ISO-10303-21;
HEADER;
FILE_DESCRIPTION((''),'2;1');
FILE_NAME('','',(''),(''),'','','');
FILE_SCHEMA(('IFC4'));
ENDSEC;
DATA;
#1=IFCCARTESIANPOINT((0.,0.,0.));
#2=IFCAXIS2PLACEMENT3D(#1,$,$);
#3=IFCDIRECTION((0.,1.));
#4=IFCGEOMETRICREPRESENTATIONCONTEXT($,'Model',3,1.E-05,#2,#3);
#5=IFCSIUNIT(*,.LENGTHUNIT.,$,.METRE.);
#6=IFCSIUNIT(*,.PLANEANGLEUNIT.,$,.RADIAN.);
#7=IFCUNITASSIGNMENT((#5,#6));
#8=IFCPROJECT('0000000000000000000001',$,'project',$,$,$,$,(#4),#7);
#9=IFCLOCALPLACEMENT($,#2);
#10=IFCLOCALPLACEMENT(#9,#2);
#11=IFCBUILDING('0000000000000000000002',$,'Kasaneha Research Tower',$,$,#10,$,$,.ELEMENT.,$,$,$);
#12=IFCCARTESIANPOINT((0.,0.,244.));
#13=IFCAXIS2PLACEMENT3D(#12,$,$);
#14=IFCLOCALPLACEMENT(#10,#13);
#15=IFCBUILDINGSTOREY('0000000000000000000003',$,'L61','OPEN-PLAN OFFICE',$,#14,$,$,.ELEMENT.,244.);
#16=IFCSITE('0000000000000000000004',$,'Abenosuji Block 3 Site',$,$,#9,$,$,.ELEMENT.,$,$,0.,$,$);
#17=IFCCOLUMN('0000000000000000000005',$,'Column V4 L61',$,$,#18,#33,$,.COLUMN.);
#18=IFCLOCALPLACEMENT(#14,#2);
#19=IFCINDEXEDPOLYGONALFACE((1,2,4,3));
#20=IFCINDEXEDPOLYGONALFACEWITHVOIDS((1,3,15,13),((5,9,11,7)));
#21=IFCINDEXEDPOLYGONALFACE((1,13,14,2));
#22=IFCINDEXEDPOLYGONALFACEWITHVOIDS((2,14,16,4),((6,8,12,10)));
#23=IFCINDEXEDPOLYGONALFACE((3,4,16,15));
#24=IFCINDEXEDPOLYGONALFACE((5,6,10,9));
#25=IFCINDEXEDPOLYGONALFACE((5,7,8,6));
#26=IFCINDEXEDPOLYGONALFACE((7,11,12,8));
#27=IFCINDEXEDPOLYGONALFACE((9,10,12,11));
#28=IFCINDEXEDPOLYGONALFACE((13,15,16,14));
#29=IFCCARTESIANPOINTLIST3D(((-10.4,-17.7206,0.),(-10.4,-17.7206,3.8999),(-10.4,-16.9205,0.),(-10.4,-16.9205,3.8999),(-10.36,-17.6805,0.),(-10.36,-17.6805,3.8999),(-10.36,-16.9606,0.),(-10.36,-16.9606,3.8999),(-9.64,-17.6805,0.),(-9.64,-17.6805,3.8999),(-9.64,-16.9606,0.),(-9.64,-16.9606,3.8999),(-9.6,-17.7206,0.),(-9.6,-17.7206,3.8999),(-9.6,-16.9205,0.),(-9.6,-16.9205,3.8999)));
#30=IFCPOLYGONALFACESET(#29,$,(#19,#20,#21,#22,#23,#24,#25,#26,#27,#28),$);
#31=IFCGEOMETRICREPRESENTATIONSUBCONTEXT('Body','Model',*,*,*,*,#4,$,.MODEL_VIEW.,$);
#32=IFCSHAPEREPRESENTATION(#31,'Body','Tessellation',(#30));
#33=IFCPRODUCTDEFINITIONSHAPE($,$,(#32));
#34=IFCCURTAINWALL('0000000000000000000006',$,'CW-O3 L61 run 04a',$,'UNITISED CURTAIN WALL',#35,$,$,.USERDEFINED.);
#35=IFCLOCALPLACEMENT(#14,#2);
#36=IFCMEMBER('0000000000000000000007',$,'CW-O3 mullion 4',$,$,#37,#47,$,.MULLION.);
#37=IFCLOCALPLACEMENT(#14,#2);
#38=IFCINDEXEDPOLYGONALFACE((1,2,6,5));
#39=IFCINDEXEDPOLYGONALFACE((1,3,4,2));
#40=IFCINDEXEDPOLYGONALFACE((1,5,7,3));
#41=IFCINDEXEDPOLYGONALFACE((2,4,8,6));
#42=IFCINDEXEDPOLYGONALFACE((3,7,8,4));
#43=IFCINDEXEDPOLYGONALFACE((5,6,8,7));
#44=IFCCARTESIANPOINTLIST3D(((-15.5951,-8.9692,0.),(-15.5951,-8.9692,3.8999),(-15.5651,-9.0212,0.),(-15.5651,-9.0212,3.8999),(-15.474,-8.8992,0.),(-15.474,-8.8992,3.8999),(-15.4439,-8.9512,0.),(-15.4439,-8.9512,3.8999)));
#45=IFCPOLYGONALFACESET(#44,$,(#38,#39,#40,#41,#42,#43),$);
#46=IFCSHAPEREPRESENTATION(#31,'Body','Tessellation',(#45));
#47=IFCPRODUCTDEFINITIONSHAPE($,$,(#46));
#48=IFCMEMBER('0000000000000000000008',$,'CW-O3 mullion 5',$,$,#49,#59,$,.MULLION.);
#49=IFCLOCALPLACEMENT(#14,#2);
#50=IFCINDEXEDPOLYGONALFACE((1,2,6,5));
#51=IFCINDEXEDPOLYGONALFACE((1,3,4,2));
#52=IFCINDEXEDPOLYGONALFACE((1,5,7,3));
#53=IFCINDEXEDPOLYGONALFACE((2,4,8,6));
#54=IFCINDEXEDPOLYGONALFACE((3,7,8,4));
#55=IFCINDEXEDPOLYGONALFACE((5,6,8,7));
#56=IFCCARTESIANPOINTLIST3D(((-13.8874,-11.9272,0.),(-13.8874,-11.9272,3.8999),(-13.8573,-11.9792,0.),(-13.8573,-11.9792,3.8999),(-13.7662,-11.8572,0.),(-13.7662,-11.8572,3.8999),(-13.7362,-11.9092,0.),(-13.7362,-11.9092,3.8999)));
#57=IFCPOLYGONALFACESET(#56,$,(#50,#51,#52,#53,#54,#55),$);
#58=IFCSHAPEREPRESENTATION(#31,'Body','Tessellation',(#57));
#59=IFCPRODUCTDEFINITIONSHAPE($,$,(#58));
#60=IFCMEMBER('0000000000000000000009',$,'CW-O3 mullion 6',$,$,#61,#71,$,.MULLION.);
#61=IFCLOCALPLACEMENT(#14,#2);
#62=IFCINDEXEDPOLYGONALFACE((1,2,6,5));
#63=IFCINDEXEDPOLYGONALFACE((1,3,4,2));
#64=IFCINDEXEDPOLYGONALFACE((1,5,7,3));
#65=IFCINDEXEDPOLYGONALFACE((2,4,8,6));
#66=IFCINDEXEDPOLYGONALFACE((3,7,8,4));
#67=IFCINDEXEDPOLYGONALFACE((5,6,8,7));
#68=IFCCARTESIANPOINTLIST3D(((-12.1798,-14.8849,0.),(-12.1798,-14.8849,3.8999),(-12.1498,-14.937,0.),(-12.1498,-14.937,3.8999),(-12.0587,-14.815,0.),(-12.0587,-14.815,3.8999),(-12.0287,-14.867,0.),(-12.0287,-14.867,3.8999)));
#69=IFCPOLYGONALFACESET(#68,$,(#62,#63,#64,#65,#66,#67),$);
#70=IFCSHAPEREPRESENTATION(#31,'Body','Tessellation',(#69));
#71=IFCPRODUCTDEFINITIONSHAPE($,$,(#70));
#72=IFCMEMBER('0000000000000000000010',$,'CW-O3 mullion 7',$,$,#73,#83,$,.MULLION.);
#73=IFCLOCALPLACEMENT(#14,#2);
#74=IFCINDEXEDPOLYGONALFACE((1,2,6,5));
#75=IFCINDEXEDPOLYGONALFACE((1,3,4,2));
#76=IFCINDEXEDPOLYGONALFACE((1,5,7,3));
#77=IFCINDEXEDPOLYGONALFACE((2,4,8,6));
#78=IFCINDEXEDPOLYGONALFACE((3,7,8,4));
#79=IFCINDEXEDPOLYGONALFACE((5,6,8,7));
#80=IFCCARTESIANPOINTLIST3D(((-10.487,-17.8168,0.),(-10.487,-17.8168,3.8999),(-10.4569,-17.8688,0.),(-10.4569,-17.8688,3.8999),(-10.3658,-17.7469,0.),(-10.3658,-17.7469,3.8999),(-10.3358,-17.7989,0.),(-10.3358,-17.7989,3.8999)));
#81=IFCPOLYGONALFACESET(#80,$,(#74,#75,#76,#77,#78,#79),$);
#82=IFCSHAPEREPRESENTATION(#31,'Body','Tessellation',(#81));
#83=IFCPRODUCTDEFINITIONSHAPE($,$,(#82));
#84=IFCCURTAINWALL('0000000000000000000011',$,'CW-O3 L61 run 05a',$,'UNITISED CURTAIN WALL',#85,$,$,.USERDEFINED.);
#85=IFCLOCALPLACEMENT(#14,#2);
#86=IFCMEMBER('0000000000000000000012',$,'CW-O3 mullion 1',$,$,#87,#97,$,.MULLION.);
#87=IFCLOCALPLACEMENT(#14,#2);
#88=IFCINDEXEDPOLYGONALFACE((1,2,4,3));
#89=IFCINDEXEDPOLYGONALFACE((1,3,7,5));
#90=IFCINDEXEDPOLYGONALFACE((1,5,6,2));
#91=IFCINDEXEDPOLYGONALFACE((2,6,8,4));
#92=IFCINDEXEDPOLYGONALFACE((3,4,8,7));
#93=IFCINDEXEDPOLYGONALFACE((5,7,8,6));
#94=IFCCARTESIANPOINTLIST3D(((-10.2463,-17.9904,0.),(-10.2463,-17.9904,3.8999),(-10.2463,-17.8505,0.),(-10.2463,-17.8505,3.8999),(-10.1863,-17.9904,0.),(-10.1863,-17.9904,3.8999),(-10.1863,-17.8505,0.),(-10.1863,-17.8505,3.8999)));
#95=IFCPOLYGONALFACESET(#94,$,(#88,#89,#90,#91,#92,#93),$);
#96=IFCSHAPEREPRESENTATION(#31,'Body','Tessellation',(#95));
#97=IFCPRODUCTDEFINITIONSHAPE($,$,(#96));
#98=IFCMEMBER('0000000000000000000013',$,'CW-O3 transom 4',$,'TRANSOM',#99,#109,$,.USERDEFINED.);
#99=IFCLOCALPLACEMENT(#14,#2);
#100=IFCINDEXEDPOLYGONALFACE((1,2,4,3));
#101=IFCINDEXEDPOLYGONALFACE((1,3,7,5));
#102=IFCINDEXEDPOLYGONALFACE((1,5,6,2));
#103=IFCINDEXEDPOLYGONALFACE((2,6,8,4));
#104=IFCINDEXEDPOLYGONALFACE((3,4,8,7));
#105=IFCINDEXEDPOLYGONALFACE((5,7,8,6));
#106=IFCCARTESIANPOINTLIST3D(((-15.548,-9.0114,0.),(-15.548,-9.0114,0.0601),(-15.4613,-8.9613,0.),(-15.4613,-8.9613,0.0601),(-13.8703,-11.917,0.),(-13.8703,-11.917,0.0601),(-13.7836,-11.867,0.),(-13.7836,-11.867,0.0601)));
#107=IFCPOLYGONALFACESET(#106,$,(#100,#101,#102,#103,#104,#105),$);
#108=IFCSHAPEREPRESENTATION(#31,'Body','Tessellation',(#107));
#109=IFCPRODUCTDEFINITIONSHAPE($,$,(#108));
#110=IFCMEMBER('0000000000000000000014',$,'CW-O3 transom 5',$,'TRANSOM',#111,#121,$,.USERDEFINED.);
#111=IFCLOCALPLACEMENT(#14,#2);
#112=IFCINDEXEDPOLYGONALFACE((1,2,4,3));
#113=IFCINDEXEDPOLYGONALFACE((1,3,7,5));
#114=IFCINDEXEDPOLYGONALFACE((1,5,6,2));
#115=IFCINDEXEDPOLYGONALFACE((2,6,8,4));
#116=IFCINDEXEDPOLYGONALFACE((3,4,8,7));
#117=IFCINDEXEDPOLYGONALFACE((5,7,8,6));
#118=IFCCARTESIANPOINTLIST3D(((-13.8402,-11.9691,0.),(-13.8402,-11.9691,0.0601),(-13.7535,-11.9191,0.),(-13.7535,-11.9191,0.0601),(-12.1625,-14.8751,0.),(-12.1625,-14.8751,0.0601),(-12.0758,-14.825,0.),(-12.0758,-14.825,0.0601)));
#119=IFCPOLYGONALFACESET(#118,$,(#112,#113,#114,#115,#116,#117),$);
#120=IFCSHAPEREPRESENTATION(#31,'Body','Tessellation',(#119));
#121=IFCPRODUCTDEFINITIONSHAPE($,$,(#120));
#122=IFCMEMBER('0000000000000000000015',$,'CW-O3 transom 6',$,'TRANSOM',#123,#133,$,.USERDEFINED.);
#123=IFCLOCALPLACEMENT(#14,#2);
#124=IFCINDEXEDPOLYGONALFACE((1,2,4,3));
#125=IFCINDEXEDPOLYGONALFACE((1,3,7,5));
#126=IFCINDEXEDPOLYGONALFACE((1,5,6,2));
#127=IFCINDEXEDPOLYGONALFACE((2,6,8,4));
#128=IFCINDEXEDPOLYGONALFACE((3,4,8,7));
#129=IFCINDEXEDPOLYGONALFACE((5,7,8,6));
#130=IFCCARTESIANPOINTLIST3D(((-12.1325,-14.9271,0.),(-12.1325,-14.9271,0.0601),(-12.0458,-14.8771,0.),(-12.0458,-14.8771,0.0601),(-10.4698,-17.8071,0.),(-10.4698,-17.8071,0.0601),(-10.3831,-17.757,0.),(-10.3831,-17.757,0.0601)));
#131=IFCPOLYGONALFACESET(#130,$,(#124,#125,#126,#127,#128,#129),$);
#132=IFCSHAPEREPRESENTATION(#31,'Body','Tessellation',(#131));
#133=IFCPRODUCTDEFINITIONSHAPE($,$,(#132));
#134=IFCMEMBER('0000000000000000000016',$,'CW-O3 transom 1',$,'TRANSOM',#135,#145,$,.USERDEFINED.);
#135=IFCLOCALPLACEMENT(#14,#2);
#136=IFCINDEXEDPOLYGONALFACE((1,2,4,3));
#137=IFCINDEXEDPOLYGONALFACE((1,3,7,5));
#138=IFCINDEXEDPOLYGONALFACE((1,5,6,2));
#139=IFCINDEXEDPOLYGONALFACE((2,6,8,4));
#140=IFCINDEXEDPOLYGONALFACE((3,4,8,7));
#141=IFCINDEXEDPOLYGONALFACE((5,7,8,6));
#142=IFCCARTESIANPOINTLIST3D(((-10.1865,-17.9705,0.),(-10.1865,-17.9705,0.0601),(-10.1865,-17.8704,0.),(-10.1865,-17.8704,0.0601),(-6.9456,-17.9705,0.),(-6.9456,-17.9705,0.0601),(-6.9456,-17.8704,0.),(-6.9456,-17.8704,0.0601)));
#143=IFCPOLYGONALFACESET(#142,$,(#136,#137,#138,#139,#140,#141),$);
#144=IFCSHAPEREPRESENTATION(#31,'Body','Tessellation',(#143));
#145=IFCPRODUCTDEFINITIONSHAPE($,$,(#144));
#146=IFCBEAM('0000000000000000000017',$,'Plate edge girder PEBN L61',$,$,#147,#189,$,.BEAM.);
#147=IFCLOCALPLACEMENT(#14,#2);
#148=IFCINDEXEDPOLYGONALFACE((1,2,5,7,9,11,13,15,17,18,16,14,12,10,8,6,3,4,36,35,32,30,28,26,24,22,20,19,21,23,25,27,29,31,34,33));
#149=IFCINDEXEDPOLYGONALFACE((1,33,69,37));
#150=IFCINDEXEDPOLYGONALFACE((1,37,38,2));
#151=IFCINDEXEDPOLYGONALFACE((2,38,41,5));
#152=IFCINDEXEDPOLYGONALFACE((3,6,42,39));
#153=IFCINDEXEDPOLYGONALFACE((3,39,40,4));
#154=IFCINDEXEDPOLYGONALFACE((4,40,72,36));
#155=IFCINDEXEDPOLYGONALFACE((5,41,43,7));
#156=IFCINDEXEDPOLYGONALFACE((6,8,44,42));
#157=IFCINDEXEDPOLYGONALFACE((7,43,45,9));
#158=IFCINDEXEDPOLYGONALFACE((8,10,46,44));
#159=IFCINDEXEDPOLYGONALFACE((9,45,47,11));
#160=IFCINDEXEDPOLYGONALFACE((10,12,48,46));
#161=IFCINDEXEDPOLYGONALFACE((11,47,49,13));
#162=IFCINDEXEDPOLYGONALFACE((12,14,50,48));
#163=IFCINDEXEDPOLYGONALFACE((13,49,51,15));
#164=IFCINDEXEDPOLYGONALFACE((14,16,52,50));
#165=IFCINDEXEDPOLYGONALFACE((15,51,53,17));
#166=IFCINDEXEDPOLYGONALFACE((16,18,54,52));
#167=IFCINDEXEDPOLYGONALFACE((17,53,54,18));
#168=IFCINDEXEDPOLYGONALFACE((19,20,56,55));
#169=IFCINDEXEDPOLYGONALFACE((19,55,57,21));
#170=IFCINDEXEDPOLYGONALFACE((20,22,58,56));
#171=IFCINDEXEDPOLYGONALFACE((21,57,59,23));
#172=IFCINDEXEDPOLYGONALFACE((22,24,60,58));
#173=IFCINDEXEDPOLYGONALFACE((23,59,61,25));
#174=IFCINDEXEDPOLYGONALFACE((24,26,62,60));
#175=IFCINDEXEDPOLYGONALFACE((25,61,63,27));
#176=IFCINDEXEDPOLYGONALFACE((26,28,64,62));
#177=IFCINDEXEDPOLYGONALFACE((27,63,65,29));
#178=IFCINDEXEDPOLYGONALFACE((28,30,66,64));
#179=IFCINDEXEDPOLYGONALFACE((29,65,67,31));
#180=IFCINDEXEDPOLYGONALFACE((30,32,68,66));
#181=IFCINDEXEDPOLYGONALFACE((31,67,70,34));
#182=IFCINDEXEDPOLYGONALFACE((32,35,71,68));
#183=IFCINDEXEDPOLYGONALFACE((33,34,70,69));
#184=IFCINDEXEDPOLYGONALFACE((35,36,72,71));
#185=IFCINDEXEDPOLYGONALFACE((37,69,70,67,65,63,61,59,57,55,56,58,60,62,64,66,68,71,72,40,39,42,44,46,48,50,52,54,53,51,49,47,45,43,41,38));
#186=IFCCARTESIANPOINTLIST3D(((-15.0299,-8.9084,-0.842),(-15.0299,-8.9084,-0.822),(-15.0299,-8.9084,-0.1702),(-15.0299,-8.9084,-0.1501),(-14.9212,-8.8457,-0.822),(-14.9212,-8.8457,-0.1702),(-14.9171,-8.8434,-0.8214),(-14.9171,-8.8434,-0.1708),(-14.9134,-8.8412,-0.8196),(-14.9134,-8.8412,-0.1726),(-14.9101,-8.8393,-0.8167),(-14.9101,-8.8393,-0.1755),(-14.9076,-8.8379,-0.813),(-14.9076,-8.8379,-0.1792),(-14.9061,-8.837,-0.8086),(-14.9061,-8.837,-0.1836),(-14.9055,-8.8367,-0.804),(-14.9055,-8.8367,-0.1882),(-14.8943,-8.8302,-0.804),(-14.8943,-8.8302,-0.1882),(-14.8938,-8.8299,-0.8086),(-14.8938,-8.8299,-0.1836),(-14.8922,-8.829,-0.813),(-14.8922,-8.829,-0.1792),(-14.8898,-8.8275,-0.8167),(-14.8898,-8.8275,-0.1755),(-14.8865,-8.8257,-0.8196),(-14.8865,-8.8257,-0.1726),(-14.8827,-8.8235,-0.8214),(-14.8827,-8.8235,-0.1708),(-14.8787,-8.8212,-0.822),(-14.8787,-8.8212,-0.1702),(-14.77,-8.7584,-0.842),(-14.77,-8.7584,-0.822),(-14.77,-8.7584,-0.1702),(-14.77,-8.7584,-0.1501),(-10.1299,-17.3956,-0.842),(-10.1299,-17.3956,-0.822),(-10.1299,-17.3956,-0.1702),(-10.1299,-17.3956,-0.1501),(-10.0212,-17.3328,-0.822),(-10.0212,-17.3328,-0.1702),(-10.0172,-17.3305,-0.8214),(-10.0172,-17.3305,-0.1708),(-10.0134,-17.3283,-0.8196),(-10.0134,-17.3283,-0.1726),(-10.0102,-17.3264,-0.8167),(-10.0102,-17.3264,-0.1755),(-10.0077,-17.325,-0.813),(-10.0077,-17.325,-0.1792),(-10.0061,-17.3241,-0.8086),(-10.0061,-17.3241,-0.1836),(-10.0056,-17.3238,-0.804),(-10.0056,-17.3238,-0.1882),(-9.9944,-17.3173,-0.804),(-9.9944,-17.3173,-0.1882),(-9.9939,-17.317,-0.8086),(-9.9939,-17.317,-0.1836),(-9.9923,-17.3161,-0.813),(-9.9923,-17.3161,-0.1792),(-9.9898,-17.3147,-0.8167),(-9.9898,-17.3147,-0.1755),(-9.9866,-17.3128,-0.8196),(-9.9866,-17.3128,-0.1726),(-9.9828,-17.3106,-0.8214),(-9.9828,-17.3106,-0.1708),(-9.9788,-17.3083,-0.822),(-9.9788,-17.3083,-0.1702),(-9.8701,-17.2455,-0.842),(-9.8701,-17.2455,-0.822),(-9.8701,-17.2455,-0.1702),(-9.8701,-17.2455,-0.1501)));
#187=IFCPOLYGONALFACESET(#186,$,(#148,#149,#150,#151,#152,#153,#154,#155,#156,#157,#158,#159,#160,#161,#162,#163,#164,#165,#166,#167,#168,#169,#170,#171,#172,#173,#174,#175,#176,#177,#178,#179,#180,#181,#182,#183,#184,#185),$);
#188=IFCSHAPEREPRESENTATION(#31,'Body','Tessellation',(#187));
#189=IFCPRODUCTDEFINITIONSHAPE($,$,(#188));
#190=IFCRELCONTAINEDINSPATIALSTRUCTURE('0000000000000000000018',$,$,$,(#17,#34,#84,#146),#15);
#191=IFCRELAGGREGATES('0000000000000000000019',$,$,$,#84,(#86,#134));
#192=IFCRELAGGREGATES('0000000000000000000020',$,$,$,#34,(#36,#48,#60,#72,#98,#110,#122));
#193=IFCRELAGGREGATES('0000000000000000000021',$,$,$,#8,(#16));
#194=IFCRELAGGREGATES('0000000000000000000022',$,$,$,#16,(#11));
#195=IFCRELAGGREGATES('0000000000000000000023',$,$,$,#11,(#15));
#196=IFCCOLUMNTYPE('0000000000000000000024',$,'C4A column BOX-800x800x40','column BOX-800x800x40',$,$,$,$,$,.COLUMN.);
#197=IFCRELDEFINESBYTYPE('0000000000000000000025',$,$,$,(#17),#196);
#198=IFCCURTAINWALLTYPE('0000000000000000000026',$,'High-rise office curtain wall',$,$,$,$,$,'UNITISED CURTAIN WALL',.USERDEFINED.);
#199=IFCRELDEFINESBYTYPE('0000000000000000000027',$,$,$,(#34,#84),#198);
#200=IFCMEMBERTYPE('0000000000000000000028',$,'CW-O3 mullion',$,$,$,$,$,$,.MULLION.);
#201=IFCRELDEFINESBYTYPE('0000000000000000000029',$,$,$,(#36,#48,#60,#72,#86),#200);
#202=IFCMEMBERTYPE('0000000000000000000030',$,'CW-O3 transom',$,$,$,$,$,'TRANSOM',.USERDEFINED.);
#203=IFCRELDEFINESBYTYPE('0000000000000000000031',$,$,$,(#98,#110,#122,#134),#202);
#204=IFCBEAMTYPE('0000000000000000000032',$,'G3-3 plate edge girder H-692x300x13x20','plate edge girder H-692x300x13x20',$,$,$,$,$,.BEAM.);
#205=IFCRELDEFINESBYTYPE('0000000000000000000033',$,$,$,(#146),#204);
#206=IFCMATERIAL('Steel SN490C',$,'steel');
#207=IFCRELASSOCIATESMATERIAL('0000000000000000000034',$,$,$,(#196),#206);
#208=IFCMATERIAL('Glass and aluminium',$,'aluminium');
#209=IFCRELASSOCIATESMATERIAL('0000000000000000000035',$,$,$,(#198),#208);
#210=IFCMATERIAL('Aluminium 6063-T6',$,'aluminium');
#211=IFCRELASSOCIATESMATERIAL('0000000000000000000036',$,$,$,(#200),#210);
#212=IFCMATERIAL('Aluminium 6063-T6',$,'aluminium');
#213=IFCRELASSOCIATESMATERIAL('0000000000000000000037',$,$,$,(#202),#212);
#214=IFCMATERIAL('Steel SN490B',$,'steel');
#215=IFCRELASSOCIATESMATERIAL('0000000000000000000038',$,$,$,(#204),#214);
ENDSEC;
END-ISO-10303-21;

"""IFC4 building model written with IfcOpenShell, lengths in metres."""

from ifc_helpers import new_model, si_unit, direction, frame, origin, origin_2d, place, context, subcontext, project, spatial, rectangle, hollow_rectangle, i_section, extrude, material, material_profile, profile_set, type_object, element, aggregate, save


model = new_model("IFC4")

# Units and contexts
model_context = context("Model", 3, precision=1e-05, world=origin(), true_north=direction((0.0, 1.0)))
body_context = subcontext(model_context, "Body", "Model", "MODEL_VIEW")
ifc_project = project(units=[si_unit("LENGTHUNIT", "METRE"), si_unit("PLANEANGLEUNIT", "RADIAN")], contexts=[model_context])

# Site, building, storey
site_placement = place(None, origin())
site = spatial("IfcSite", under=ifc_project, at=site_placement, Name="Abenosuji Block 3 Site", CompositionType="ELEMENT", RefElevation=0.0)
building_placement = place(site_placement, origin())
building = spatial("IfcBuilding", under=site, at=building_placement, Name="Kasaneha Research Tower", CompositionType="ELEMENT")
storey_placement = place(building_placement, frame((0.0, 0.0, 244.0)))
storey = spatial("IfcBuildingStorey", under=building, at=storey_placement, Name="L61", Description="OPEN-PLAN OFFICE", CompositionType="ELEMENT", Elevation=244.0)

# Column
ifc_material_1 = material(Name="Steel SN490C", Category="steel")
ifc_material_profile_1 = material_profile(ifc_material_1, hollow_rectangle(XDim=0.8, YDim=0.8, WallThickness=0.04, at=origin_2d()), Name="BOX-800x800x40")
ifc_profile_set_1 = profile_set([ifc_material_profile_1], Name="Steel SN490C")
column_type = type_object("IfcColumnType", Name="C4A column BOX-800x800x40", Description="column BOX-800x800x40", PredefinedType="COLUMN", material=ifc_profile_set_1)
column_placement = place(storey_placement, frame((-10.0, -17.3206, 0.0), z_axis=(0.0, 0.0, 1.0), x_axis=(1.0, 0.0, 0.0)))
element("IfcColumn", 1, at=column_placement, inside=storey, type_object=column_type, Name="Column V4 L61", PredefinedType="COLUMN", context=body_context, shape_type="SweptSolid", body=[
    extrude(hollow_rectangle(XDim=0.8, YDim=0.8, WallThickness=0.04, at=origin_2d()), origin(), (0.0, 0.0, 1.0), 3.8999),
])

# Curtain wall, members
ifc_material_2 = material(Name="Glass and aluminium", Category="aluminium")
curtain_wall_type = type_object("IfcCurtainWallType", Name="High-rise office curtain wall", ElementType="UNITISED CURTAIN WALL", PredefinedType="USERDEFINED", material=ifc_material_2)
curtain_wall_1_placement = place(storey_placement, origin())
curtain_wall_1 = element("IfcCurtainWall", 2, at=curtain_wall_1_placement, inside=storey, type_object=curtain_wall_type, Name="CW-O3 L61 run 04a", ObjectType="UNITISED CURTAIN WALL", PredefinedType="USERDEFINED")
ifc_material_3 = material(Name="Aluminium 6063-T6", Category="aluminium")
ifc_material_profile_2 = material_profile(ifc_material_3, rectangle(XDim=0.0601, YDim=0.1399, at=origin_2d()), Name="CW-O3 mullion 60x140")
ifc_profile_set_2 = profile_set([ifc_material_profile_2], Name="Aluminium 6063-T6")
member_type_1 = type_object("IfcMemberType", Name="CW-O3 mullion", PredefinedType="MULLION", material=ifc_profile_set_2)
member_1_placement = place(storey_placement, frame((-15.5195, -8.9602, 0.0), z_axis=(0.0, 0.0, 1.0), x_axis=(0.5, -0.866025, 0.0)))
member_1 = element("IfcMember", 3, at=member_1_placement, type_object=member_type_1, Name="CW-O3 mullion 4", PredefinedType="MULLION", context=body_context, shape_type="SweptSolid", body=[
    extrude(rectangle(XDim=0.0601, YDim=0.1399, at=origin_2d()), origin(), (0.0, 0.0, 1.0), 3.8999),
])
member_2_placement = place(storey_placement, frame((-13.8118, -11.9182, 0.0), z_axis=(0.0, 0.0, 1.0), x_axis=(0.5, -0.866025, 0.0)))
member_2 = element("IfcMember", 4, at=member_2_placement, type_object=member_type_1, Name="CW-O3 mullion 5", PredefinedType="MULLION", context=body_context, shape_type="SweptSolid", body=[
    extrude(rectangle(XDim=0.0601, YDim=0.1399, at=origin_2d()), origin(), (0.0, 0.0, 1.0), 3.8999),
])
member_3_placement = place(storey_placement, frame((-12.1042, -14.876, 0.0), z_axis=(0.0, 0.0, 1.0), x_axis=(0.5, -0.866025, 0.0)))
member_3 = element("IfcMember", 5, at=member_3_placement, type_object=member_type_1, Name="CW-O3 mullion 6", PredefinedType="MULLION", context=body_context, shape_type="SweptSolid", body=[
    extrude(rectangle(XDim=0.0601, YDim=0.1399, at=origin_2d()), origin(), (0.0, 0.0, 1.0), 3.8999),
])
member_4_placement = place(storey_placement, frame((-10.4114, -17.8079, 0.0), z_axis=(0.0, 0.0, 1.0), x_axis=(0.5, -0.866025, 0.0)))
member_4 = element("IfcMember", 6, at=member_4_placement, type_object=member_type_1, Name="CW-O3 mullion 7", PredefinedType="MULLION", context=body_context, shape_type="SweptSolid", body=[
    extrude(rectangle(XDim=0.0601, YDim=0.1399, at=origin_2d()), origin(), (0.0, 0.0, 1.0), 3.8999),
])

# Curtain wall, member
curtain_wall_2_placement = place(storey_placement, origin())
curtain_wall_2 = element("IfcCurtainWall", 7, at=curtain_wall_2_placement, inside=storey, type_object=curtain_wall_type, Name="CW-O3 L61 run 05a", ObjectType="UNITISED CURTAIN WALL", PredefinedType="USERDEFINED")
member_5_placement = place(storey_placement, frame((-10.2163, -17.9204, 0.0), z_axis=(0.0, 0.0, 1.0), x_axis=(1.0, 0.0, 0.0)))
member_5 = element("IfcMember", 8, at=member_5_placement, type_object=member_type_1, Name="CW-O3 mullion 1", PredefinedType="MULLION", context=body_context, shape_type="SweptSolid", body=[
    extrude(rectangle(XDim=0.0601, YDim=0.1399, at=origin_2d()), origin(), (0.0, 0.0, 1.0), 3.8999),
])

# Members
ifc_material_4 = material(Name="Aluminium 6063-T6", Category="aluminium")
ifc_material_profile_3 = material_profile(ifc_material_4, rectangle(XDim=0.1001, YDim=0.0601, at=origin_2d()), Name="CW-O3 transom 100x60")
ifc_profile_set_3 = profile_set([ifc_material_profile_3], Name="Aluminium 6063-T6")
member_type_2 = type_object("IfcMemberType", Name="CW-O3 transom", ElementType="TRANSOM", PredefinedType="USERDEFINED", material=ifc_profile_set_3)
member_6_placement = place(storey_placement, frame((-15.5046, -8.9863, 0.03), z_axis=(0.500021, -0.866014, 0.0), x_axis=(0.866014, 0.500021, 0.0)))
member_6 = element("IfcMember", 9, at=member_6_placement, type_object=member_type_2, Name="CW-O3 transom 4", ObjectType="TRANSOM", PredefinedType="USERDEFINED", context=body_context, shape_type="SweptSolid", body=[
    extrude(rectangle(XDim=0.1001, YDim=0.0601, at=origin_2d()), origin(), (0.0, 0.0, 1.0), 3.3552),
])
member_7_placement = place(storey_placement, frame((-13.7969, -11.9441, 0.03), z_axis=(0.499989, -0.866032, 0.0), x_axis=(0.866032, 0.499989, 0.0)))
member_7 = element("IfcMember", 10, at=member_7_placement, type_object=member_type_2, Name="CW-O3 transom 5", ObjectType="TRANSOM", PredefinedType="USERDEFINED", context=body_context, shape_type="SweptSolid", body=[
    extrude(rectangle(XDim=0.1001, YDim=0.0601, at=origin_2d()), origin(), (0.0, 0.0, 1.0), 3.3555),
])
member_8_placement = place(storey_placement, frame((-12.0891, -14.9021, 0.03), z_axis=(0.499977, -0.866039, 0.0), x_axis=(0.866039, 0.499977, 0.0)))
member_8 = element("IfcMember", 11, at=member_8_placement, type_object=member_type_2, Name="CW-O3 transom 6", ObjectType="TRANSOM", PredefinedType="USERDEFINED", context=body_context, shape_type="SweptSolid", body=[
    extrude(rectangle(XDim=0.1001, YDim=0.0601, at=origin_2d()), origin(), (0.0, 0.0, 1.0), 3.3254),
])
member_9_placement = place(storey_placement, frame((-10.1865, -17.9204, 0.03), z_axis=(1.0, 0.0, 0.0), x_axis=(0.0, 1.0, 0.0)))
member_9 = element("IfcMember", 12, at=member_9_placement, type_object=member_type_2, Name="CW-O3 transom 1", ObjectType="TRANSOM", PredefinedType="USERDEFINED", context=body_context, shape_type="SweptSolid", body=[
    extrude(rectangle(XDim=0.1001, YDim=0.0601, at=origin_2d()), origin(), (0.0, 0.0, 1.0), 3.241),
])
aggregate(curtain_wall_2, [member_5, member_9])

# Beam
ifc_material_5 = material(Name="Steel SN490B", Category="steel")
ifc_material_profile_4 = material_profile(ifc_material_5, i_section(OverallWidth=0.3, OverallDepth=0.6919, WebThickness=0.0129, FlangeThickness=0.02, FilletRadius=0.0181, at=origin_2d()), Name="H-692x300x13x20")
ifc_profile_set_4 = profile_set([ifc_material_profile_4], Name="Steel SN490B")
beam_type_1 = type_object("IfcBeamType", Name="G3-3 plate edge girder H-692x300x13x20", Description="plate edge girder H-692x300x13x20", PredefinedType="BEAM", material=ifc_profile_set_4)
beam_1_placement = place(storey_placement, frame((-10.0, -17.3206, -0.4961), z_axis=(-0.499992, 0.86603, 0.0), x_axis=(-0.86603, -0.499992, 0.0)))
element("IfcBeam", 13, at=beam_1_placement, inside=storey, type_object=beam_type_1, Name="Plate edge girder PEBN L61", PredefinedType="BEAM", context=body_context, shape_type="SweptSolid", body=[
    extrude(i_section(OverallWidth=0.3, OverallDepth=0.6919, WebThickness=0.0129, FlangeThickness=0.02, FilletRadius=0.0181, at=origin_2d()), origin(), (0.0, 0.0, 1.0), 9.8),
])

aggregate(curtain_wall_1, [member_1, member_2, member_3, member_4, member_6, member_7, member_8])

save(model, "model.ifc")
